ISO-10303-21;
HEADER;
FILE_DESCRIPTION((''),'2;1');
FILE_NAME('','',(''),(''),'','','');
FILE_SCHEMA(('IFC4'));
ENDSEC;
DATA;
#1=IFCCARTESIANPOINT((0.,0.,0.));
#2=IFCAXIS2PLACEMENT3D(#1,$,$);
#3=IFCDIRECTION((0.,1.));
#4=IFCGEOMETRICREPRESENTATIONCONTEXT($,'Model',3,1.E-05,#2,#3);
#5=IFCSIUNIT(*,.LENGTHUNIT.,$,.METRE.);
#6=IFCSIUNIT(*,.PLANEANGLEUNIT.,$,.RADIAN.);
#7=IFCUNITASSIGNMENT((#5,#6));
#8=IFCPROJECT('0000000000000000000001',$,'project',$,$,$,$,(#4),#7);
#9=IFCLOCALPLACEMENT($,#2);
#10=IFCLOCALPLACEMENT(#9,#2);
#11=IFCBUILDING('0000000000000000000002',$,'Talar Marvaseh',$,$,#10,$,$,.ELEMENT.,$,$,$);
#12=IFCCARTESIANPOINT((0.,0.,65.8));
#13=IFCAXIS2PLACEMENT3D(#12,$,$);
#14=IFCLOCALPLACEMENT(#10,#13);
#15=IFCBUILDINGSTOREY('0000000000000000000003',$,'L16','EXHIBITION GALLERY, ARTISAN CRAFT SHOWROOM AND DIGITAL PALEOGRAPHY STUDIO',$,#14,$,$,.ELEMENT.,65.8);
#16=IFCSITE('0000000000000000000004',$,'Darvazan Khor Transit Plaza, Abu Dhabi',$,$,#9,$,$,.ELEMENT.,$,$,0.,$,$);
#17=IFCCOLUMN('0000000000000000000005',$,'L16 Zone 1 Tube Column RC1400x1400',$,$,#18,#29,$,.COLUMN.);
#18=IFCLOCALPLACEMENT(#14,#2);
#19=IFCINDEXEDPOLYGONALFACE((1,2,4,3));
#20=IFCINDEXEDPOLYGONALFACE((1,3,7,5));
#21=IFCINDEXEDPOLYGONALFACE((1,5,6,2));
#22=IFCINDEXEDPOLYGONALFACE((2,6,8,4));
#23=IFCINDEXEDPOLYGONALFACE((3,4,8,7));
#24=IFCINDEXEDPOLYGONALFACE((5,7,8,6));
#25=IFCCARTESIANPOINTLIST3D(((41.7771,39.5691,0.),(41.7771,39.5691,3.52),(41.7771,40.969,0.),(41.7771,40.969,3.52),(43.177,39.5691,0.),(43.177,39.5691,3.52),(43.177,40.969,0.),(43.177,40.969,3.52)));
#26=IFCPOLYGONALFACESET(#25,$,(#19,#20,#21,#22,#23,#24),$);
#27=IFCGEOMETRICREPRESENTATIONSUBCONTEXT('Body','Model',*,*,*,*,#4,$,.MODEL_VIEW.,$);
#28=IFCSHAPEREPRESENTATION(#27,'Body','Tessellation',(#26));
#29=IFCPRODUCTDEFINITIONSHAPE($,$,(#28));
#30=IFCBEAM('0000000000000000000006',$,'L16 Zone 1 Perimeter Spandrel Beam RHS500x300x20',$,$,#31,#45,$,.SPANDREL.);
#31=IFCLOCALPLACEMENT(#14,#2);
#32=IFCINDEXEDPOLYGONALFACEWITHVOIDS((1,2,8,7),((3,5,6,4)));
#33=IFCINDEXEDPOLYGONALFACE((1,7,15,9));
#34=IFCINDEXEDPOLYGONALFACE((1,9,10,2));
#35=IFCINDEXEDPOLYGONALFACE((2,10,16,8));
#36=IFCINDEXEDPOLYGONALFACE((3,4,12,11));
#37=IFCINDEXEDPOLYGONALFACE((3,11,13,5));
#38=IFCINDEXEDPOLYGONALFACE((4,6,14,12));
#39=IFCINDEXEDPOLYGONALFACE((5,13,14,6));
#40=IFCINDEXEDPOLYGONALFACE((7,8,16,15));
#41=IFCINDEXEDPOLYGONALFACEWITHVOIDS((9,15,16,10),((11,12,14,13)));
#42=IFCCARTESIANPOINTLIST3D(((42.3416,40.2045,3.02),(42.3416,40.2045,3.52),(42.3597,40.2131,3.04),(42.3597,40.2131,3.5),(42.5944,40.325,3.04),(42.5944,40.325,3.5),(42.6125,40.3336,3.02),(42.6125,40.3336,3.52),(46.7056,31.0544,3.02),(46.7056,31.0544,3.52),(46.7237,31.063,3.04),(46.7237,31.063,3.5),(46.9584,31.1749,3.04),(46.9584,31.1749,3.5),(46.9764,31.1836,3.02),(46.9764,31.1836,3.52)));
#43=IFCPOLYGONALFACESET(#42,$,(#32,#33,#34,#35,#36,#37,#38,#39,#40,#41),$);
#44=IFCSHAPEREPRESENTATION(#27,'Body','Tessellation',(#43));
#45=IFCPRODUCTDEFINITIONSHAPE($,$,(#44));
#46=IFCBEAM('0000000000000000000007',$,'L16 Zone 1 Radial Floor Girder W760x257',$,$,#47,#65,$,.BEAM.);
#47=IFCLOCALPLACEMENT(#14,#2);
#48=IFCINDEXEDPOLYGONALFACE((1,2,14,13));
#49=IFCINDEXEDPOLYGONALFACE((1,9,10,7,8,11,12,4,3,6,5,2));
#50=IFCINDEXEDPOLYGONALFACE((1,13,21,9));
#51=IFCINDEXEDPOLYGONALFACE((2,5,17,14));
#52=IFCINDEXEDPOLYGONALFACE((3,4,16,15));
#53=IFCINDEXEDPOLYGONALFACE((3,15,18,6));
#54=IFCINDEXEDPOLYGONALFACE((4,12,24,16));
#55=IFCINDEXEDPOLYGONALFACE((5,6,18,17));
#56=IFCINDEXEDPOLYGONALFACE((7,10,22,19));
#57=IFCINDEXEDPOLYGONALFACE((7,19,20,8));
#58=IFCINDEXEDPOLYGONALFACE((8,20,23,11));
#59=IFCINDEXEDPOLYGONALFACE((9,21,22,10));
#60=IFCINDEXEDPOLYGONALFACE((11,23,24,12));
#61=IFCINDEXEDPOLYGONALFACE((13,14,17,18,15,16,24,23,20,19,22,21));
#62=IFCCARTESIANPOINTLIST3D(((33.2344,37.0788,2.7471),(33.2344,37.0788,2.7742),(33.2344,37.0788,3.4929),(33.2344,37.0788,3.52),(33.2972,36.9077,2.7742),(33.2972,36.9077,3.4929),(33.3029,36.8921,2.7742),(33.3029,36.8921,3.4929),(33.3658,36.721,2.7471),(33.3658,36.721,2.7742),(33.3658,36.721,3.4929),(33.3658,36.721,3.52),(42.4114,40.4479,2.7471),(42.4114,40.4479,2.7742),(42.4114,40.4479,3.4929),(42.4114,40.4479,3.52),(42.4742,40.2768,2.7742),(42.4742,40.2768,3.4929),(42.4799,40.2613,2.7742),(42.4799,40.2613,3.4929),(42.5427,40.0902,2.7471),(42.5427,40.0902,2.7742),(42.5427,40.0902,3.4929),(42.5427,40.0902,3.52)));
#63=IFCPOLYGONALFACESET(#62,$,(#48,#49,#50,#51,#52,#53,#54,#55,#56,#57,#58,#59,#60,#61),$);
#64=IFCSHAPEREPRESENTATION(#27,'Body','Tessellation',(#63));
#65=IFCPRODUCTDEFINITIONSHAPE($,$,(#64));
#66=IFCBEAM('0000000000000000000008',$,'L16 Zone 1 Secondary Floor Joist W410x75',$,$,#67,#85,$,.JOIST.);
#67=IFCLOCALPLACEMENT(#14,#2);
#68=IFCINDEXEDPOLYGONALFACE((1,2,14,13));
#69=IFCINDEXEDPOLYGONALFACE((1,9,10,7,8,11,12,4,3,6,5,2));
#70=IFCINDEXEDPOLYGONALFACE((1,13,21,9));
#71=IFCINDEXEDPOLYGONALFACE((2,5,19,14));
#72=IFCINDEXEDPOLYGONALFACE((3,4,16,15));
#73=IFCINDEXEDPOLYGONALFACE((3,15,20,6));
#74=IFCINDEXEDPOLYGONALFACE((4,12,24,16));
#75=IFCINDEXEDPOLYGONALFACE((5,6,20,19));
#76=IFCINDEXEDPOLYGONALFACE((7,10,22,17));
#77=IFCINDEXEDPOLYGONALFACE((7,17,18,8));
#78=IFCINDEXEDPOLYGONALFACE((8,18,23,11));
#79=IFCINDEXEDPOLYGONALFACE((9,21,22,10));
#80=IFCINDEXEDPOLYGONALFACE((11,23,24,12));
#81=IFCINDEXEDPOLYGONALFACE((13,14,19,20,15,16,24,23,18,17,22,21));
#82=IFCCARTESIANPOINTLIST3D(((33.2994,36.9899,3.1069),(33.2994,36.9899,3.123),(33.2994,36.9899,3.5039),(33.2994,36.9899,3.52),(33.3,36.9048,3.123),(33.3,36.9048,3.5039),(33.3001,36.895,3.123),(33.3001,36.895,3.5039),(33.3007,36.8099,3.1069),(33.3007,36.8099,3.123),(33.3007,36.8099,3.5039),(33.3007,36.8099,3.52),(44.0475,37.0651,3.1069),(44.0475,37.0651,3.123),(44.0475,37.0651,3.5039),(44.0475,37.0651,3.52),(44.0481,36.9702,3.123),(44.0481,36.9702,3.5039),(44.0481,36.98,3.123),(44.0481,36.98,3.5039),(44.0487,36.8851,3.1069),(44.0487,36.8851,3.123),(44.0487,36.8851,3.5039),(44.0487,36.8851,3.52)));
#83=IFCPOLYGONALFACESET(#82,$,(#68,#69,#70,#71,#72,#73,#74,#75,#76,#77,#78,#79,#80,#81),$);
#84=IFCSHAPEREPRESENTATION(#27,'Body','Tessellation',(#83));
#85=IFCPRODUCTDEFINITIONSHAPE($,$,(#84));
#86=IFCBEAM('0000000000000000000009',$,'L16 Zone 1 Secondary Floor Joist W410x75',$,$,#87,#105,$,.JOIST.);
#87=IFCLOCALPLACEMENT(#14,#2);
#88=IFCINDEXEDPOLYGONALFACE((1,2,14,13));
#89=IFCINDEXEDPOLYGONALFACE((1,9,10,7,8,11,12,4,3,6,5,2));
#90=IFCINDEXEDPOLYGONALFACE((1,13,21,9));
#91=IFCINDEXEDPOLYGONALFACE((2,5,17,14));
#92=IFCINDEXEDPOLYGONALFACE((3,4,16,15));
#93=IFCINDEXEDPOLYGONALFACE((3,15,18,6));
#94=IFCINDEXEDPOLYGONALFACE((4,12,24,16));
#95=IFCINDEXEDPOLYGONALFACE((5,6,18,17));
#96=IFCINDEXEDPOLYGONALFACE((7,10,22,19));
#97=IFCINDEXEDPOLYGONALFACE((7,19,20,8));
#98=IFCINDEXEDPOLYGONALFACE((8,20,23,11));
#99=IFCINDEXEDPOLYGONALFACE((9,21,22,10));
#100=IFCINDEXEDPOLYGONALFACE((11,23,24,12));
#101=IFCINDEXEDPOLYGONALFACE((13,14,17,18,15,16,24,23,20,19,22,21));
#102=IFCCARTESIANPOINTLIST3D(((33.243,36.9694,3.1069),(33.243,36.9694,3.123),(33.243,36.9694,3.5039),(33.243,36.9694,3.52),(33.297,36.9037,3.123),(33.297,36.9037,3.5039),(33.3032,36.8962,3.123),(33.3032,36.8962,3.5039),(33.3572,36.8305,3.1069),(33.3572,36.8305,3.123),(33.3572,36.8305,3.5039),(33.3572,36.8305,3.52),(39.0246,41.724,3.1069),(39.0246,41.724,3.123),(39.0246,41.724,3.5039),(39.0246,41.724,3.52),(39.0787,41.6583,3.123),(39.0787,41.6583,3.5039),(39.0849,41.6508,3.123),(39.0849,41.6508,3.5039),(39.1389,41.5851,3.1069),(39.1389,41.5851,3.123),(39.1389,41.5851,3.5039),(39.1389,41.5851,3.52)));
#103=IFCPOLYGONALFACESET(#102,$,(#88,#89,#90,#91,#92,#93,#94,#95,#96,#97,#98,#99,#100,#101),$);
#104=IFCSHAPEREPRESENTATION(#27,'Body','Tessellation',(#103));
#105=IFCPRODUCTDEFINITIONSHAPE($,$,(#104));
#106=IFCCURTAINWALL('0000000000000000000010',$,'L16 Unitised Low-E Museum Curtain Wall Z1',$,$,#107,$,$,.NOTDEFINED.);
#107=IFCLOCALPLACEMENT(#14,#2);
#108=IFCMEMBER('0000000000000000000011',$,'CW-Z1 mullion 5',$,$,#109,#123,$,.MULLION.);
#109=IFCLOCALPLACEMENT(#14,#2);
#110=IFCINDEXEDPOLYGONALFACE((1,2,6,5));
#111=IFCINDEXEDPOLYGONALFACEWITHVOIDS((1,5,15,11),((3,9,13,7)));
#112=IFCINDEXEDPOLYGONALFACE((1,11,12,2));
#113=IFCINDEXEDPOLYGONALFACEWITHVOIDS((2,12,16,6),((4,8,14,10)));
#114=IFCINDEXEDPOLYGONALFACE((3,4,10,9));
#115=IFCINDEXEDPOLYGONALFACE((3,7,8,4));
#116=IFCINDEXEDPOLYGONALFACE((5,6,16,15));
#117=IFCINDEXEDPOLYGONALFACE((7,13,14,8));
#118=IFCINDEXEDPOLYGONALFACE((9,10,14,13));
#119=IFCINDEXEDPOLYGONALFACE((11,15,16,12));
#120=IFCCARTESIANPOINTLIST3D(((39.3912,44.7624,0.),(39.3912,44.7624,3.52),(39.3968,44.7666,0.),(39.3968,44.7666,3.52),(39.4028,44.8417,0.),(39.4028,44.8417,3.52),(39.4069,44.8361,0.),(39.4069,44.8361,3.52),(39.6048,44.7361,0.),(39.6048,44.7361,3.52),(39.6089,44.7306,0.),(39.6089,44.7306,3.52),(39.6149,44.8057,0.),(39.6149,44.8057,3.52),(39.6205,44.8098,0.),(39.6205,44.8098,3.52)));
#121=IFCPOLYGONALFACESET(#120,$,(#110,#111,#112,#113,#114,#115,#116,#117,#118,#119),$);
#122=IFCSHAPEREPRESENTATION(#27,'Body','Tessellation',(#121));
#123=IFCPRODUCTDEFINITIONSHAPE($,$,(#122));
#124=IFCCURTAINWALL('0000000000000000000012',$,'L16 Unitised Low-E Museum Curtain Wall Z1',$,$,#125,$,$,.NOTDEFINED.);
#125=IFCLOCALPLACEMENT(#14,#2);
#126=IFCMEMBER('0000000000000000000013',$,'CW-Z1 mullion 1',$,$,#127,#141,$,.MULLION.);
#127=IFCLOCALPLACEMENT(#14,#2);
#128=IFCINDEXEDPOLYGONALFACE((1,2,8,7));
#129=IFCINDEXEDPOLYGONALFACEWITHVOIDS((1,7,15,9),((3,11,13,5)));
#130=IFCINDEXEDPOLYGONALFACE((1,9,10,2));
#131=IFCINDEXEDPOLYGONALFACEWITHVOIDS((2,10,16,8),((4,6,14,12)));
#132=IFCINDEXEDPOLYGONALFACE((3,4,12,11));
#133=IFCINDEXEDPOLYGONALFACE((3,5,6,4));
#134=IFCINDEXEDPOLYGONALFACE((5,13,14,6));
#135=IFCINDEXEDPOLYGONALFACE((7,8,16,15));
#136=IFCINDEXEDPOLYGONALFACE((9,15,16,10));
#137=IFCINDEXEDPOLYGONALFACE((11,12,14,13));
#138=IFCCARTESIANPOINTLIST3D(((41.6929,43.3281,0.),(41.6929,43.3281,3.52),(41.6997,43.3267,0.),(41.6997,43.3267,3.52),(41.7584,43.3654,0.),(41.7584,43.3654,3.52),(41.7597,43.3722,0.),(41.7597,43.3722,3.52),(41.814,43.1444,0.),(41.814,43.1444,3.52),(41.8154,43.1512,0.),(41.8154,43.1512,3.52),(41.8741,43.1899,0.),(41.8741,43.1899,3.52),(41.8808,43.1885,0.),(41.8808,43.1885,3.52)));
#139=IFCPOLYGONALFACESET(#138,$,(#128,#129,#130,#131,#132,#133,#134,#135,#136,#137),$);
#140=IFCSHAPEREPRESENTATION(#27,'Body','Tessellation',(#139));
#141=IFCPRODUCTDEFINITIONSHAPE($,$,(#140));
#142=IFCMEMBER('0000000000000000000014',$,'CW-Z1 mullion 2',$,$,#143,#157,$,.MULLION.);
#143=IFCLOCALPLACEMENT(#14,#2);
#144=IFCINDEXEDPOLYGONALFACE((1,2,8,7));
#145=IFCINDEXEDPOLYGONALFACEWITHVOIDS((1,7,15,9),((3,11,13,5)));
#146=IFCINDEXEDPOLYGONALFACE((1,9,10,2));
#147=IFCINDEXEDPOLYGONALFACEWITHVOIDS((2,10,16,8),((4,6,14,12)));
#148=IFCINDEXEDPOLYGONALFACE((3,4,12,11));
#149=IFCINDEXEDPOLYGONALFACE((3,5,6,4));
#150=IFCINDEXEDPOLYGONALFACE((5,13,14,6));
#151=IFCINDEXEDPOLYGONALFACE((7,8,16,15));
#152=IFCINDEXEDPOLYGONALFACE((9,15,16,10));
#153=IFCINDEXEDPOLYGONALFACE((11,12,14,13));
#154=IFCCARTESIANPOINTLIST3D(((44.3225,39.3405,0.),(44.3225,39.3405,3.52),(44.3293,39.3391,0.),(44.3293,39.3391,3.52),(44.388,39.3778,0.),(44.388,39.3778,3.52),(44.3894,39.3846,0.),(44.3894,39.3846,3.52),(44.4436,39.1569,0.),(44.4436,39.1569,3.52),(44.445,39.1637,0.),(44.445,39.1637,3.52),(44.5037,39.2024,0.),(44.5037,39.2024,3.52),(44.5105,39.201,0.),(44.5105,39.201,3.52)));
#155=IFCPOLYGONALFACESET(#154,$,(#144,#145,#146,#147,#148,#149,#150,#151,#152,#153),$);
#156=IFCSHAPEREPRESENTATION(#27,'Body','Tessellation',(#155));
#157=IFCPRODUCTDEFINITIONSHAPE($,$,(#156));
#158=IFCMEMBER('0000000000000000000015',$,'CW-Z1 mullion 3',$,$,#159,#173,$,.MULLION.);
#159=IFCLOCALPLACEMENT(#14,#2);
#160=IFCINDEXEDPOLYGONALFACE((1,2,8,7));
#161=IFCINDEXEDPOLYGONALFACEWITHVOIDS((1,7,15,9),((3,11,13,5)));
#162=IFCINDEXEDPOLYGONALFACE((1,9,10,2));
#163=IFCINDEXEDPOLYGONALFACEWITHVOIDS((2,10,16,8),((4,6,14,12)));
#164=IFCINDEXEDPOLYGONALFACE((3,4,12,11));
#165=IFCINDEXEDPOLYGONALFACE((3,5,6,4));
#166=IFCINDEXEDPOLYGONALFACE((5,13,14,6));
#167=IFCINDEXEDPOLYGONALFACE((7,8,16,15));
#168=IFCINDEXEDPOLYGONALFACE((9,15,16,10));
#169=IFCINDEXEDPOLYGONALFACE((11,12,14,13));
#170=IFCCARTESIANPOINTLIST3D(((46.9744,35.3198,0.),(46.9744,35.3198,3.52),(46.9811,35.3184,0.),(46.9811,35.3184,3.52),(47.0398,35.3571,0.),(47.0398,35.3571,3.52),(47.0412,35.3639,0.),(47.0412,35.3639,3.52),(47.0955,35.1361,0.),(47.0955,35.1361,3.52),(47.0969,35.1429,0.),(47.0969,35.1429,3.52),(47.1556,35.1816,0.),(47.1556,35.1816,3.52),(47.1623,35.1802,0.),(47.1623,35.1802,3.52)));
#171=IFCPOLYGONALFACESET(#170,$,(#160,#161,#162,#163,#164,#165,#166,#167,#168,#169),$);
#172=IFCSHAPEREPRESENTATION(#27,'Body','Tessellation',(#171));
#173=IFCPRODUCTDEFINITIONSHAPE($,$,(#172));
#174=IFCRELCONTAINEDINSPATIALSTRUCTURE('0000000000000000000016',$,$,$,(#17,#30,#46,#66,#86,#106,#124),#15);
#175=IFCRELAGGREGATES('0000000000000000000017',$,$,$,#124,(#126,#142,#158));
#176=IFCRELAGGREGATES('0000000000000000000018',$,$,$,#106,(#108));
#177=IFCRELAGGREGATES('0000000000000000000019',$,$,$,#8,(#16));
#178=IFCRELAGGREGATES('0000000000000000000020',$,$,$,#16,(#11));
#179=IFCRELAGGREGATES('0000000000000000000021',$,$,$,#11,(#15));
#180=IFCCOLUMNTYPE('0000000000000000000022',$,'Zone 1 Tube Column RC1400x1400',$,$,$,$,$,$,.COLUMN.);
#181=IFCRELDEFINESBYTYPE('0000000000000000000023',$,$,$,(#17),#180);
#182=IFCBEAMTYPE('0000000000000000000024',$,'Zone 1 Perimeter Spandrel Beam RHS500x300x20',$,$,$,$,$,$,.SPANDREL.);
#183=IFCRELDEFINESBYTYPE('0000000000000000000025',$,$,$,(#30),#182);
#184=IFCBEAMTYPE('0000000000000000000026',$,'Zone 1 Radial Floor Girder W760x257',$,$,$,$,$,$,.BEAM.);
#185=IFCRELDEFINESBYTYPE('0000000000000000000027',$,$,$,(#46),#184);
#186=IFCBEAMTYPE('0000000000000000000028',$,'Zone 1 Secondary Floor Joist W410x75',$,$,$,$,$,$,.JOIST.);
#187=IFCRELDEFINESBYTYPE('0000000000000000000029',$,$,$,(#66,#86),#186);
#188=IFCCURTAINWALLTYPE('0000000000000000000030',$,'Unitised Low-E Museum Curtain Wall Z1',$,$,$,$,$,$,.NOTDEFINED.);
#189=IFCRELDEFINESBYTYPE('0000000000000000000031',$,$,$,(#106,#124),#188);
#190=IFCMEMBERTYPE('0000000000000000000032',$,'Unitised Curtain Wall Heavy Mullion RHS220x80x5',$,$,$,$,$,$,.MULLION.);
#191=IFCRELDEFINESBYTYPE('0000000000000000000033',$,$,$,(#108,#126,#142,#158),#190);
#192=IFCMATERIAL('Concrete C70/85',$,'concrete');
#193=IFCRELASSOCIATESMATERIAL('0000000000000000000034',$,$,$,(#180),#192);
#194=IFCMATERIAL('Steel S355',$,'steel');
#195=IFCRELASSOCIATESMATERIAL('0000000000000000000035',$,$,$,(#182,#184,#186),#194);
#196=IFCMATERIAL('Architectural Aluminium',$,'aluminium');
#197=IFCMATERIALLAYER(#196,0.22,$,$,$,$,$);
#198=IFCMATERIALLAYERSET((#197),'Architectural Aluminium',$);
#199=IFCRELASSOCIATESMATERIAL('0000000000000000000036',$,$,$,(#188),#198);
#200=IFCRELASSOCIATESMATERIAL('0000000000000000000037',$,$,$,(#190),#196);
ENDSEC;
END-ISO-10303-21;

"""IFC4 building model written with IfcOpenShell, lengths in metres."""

from ifc_helpers import new_model, si_unit, direction, frame, origin, origin_2d, place, context, subcontext, project, spatial, rectangle, hollow_rectangle, i_section, extrude, source, transform, mapped, material, layer, layer_set, material_profile, profile_set, type_object, type_shapes, element, aggregate, save


model = new_model("IFC4")

# Units and contexts
model_context = context("Model", 3, precision=1e-05, world=origin(), true_north=direction((0.0, 1.0)))
body_context = subcontext(model_context, "Body", "Model", "MODEL_VIEW")
ifc_project = project(units=[si_unit("LENGTHUNIT", "METRE"), si_unit("PLANEANGLEUNIT", "RADIAN")], contexts=[model_context])

# Site, building, storey
site_placement = place(None, origin())
site = spatial("IfcSite", under=ifc_project, at=site_placement, Name="Darvazan Khor Transit Plaza, Abu Dhabi", CompositionType="ELEMENT", RefElevation=0.0)
building_placement = place(site_placement, origin())
building = spatial("IfcBuilding", under=site, at=building_placement, Name="Talar Marvaseh", CompositionType="ELEMENT")
storey_placement = place(building_placement, frame((0.0, 0.0, 65.8)))
storey = spatial("IfcBuildingStorey", under=building, at=storey_placement, Name="L16", Description="EXHIBITION GALLERY, ARTISAN CRAFT SHOWROOM AND DIGITAL PALEOGRAPHY STUDIO", CompositionType="ELEMENT", Elevation=65.8)

# Column
ifc_material_1 = material(Name="Concrete C70/85", Category="concrete")
ifc_material_profile_1 = material_profile(ifc_material_1, rectangle(XDim=1.3999, YDim=1.3999, at=origin_2d()), Name="RC1400x1400")
ifc_profile_set_1 = profile_set([ifc_material_profile_1], Name="Concrete C70/85")
column_type = type_object("IfcColumnType", Name="Zone 1 Tube Column RC1400x1400", PredefinedType="COLUMN", material=ifc_profile_set_1)
column_placement = place(storey_placement, frame((42.4771, 40.269, 0.0), z_axis=(0.0, 0.0, 1.0), x_axis=(1.0, 0.0, 0.0)))
element("IfcColumn", 1, at=column_placement, inside=storey, type_object=column_type, Name="L16 Zone 1 Tube Column RC1400x1400", PredefinedType="COLUMN", context=body_context, shape_type="SweptSolid", body=[
    extrude(rectangle(XDim=1.3999, YDim=1.3999, at=origin_2d()), origin(), (0.0, 0.0, 1.0), 3.52),
])

# Beams
ifc_material_2 = material(Name="Steel S355", Category="steel")
ifc_material_profile_2 = material_profile(ifc_material_2, hollow_rectangle(XDim=0.3, YDim=0.5, WallThickness=0.02, at=origin_2d()), Name="RHS500x300x20")
ifc_profile_set_2 = profile_set([ifc_material_profile_2], Name="Steel S355")
beam_type_1 = type_object("IfcBeamType", Name="Zone 1 Perimeter Spandrel Beam RHS500x300x20", PredefinedType="SPANDREL", material=ifc_profile_set_2)
beam_1_placement = place(storey_placement, frame((42.4771, 40.269, 3.27), z_axis=(0.43048, -0.9026, 0.0), x_axis=(0.9026, 0.43048, 0.0)))
element("IfcBeam", 2, at=beam_1_placement, inside=storey, type_object=beam_type_1, Name="L16 Zone 1 Perimeter Spandrel Beam RHS500x300x20", PredefinedType="SPANDREL", context=body_context, shape_type="SweptSolid", body=[
    extrude(hollow_rectangle(XDim=0.3, YDim=0.5, WallThickness=0.02, at=origin_2d()), origin(), (0.0, 0.0, 1.0), 10.1375),
])
ifc_material_profile_3 = material_profile(ifc_material_2, i_section(OverallWidth=0.3811, OverallDepth=0.7729, WebThickness=0.0166, FlangeThickness=0.0271, at=origin_2d()), Name="W760x257")
ifc_profile_set_3 = profile_set([ifc_material_profile_3], Name="Steel S355")
beam_type_2 = type_object("IfcBeamType", Name="Zone 1 Radial Floor Girder W760x257", PredefinedType="BEAM", material=ifc_profile_set_3)
beam_2_placement = place(storey_placement, frame((42.4771, 40.269, 3.1335), z_axis=(-0.938736, -0.344637, 0.0), x_axis=(0.344637, -0.938736, 0.0)))
element("IfcBeam", 3, at=beam_2_placement, inside=storey, type_object=beam_type_2, Name="L16 Zone 1 Radial Floor Girder W760x257", PredefinedType="BEAM", context=body_context, shape_type="SweptSolid", body=[
    extrude(i_section(OverallWidth=0.3811, OverallDepth=0.7729, WebThickness=0.0166, FlangeThickness=0.0271, at=origin_2d()), origin(), (0.0, 0.0, 1.0), 9.7759),
])
ifc_material_profile_4 = material_profile(ifc_material_2, i_section(OverallWidth=0.1799, OverallDepth=0.4131, WebThickness=0.0098, FlangeThickness=0.0161, at=origin_2d()), Name="W410x75")
ifc_profile_set_4 = profile_set([ifc_material_profile_4], Name="Steel S355")
beam_type_3 = type_object("IfcBeamType", Name="Zone 1 Secondary Floor Joist W410x75", PredefinedType="JOIST", material=ifc_profile_set_4)
beam_3_placement = place(storey_placement, frame((44.0481, 36.9751, 3.3135), z_axis=(-0.999976, -0.006996, 0.0), x_axis=(0.006996, -0.999976, 0.0)))
element("IfcBeam", 4, at=beam_3_placement, inside=storey, type_object=beam_type_3, Name="L16 Zone 1 Secondary Floor Joist W410x75", PredefinedType="JOIST", context=body_context, shape_type="SweptSolid", body=[
    extrude(i_section(OverallWidth=0.1799, OverallDepth=0.4131, WebThickness=0.0098, FlangeThickness=0.0161, at=origin_2d()), origin(), (0.0, 0.0, 1.0), 10.7483),
])
beam_4_placement = place(storey_placement, frame((39.0818, 41.6545, 3.3135), z_axis=(-0.772375, -0.635166, 0.0), x_axis=(0.635166, -0.772375, 0.0)))
element("IfcBeam", 5, at=beam_4_placement, inside=storey, type_object=beam_type_3, Name="L16 Zone 1 Secondary Floor Joist W410x75", PredefinedType="JOIST", context=body_context, shape_type="SweptSolid", body=[
    extrude(i_section(OverallWidth=0.1799, OverallDepth=0.4131, WebThickness=0.0098, FlangeThickness=0.0161, at=origin_2d()), origin(), (0.0, 0.0, 1.0), 7.4856),
])

# Curtain wall, member
ifc_material_3 = material(Name="Architectural Aluminium", Category="aluminium")
ifc_layer_1 = layer(ifc_material_3, 0.22)
ifc_layer_set_1 = layer_set([ifc_layer_1], Name="Architectural Aluminium")
curtain_wall_type = type_object("IfcCurtainWallType", Name="Unitised Low-E Museum Curtain Wall Z1", PredefinedType="NOTDEFINED", material=ifc_layer_set_1)
curtain_wall_1_placement = place(storey_placement, origin())
curtain_wall_1 = element("IfcCurtainWall", 6, at=curtain_wall_1_placement, inside=storey, type_object=curtain_wall_type, Name="L16 Unitised Low-E Museum Curtain Wall Z1", PredefinedType="NOTDEFINED")
ifc_material_profile_5 = material_profile(ifc_material_3, hollow_rectangle(XDim=0.0801, YDim=0.22, WallThickness=0.0049, at=origin_2d()), Name="RHS220x80x5")
ifc_profile_set_5 = profile_set([ifc_material_profile_5], Name="Architectural Aluminium")
member_type_1 = type_object("IfcMemberType", Name="Unitised Curtain Wall Heavy Mullion RHS220x80x5", PredefinedType="MULLION", material=ifc_profile_set_5)
shared_shape_1 = source(origin(), body_context, "Body", "SweptSolid", [
    extrude(hollow_rectangle(XDim=0.0801, YDim=0.22, WallThickness=0.0049, at=origin_2d()), origin(), (0.0, 0.0, 1.0), 3.52),
])
type_shapes(member_type_1, [shared_shape_1])
member_1_placement = place(storey_placement, frame((39.5059, 44.7861, 0.0), z_axis=(0.0, 0.0, 1.0), x_axis=(0.144664, 0.989481, 0.0)))
member_1 = element("IfcMember", 7, at=member_1_placement, type_object=member_type_1, Name="CW-Z1 mullion 5", PredefinedType="MULLION", context=body_context, shape_type="MappedRepresentation", body=[
    mapped(shared_shape_1, transform((0.0, 0.0, 0.0), x_axis=(1.0, 0.0, 0.0), y_axis=(0.0, 1.0, 0.0), z_axis=(0.0, 0.0, 1.0), scale=1.0)),
])

# Curtain wall, members
curtain_wall_2_placement = place(storey_placement, origin())
curtain_wall_2 = element("IfcCurtainWall", 8, at=curtain_wall_2_placement, inside=storey, type_object=curtain_wall_type, Name="L16 Unitised Low-E Museum Curtain Wall Z1", PredefinedType="NOTDEFINED")
member_2_placement = place(storey_placement, frame((41.7869, 43.2583, 0.0), z_axis=(0.0, 0.0, 1.0), x_axis=(0.83481, 0.550538, 0.0)))
member_2 = element("IfcMember", 9, at=member_2_placement, type_object=member_type_1, Name="CW-Z1 mullion 1", PredefinedType="MULLION", context=body_context, shape_type="MappedRepresentation", body=[
    mapped(shared_shape_1, transform((0.0, 0.0, 0.0), x_axis=(1.0, 0.0, 0.0), y_axis=(0.0, 1.0, 0.0), z_axis=(0.0, 0.0, 1.0), scale=1.0)),
])
member_3_placement = place(storey_placement, frame((44.4165, 39.2708, 0.0), z_axis=(0.0, 0.0, 1.0), x_axis=(0.83481, 0.550538, 0.0)))
member_3 = element("IfcMember", 10, at=member_3_placement, type_object=member_type_1, Name="CW-Z1 mullion 2", PredefinedType="MULLION", context=body_context, shape_type="MappedRepresentation", body=[
    mapped(shared_shape_1, transform((0.0, 0.0, 0.0), x_axis=(1.0, 0.0, 0.0), y_axis=(0.0, 1.0, 0.0), z_axis=(0.0, 0.0, 1.0), scale=1.0)),
])
member_4_placement = place(storey_placement, frame((47.0684, 35.25, 0.0), z_axis=(0.0, 0.0, 1.0), x_axis=(0.83481, 0.550538, 0.0)))
member_4 = element("IfcMember", 11, at=member_4_placement, type_object=member_type_1, Name="CW-Z1 mullion 3", PredefinedType="MULLION", context=body_context, shape_type="MappedRepresentation", body=[
    mapped(shared_shape_1, transform((0.0, 0.0, 0.0), x_axis=(1.0, 0.0, 0.0), y_axis=(0.0, 1.0, 0.0), z_axis=(0.0, 0.0, 1.0), scale=1.0)),
])
aggregate(curtain_wall_2, [member_2, member_3, member_4])

aggregate(curtain_wall_1, [member_1])

save(model, "model.ifc")
